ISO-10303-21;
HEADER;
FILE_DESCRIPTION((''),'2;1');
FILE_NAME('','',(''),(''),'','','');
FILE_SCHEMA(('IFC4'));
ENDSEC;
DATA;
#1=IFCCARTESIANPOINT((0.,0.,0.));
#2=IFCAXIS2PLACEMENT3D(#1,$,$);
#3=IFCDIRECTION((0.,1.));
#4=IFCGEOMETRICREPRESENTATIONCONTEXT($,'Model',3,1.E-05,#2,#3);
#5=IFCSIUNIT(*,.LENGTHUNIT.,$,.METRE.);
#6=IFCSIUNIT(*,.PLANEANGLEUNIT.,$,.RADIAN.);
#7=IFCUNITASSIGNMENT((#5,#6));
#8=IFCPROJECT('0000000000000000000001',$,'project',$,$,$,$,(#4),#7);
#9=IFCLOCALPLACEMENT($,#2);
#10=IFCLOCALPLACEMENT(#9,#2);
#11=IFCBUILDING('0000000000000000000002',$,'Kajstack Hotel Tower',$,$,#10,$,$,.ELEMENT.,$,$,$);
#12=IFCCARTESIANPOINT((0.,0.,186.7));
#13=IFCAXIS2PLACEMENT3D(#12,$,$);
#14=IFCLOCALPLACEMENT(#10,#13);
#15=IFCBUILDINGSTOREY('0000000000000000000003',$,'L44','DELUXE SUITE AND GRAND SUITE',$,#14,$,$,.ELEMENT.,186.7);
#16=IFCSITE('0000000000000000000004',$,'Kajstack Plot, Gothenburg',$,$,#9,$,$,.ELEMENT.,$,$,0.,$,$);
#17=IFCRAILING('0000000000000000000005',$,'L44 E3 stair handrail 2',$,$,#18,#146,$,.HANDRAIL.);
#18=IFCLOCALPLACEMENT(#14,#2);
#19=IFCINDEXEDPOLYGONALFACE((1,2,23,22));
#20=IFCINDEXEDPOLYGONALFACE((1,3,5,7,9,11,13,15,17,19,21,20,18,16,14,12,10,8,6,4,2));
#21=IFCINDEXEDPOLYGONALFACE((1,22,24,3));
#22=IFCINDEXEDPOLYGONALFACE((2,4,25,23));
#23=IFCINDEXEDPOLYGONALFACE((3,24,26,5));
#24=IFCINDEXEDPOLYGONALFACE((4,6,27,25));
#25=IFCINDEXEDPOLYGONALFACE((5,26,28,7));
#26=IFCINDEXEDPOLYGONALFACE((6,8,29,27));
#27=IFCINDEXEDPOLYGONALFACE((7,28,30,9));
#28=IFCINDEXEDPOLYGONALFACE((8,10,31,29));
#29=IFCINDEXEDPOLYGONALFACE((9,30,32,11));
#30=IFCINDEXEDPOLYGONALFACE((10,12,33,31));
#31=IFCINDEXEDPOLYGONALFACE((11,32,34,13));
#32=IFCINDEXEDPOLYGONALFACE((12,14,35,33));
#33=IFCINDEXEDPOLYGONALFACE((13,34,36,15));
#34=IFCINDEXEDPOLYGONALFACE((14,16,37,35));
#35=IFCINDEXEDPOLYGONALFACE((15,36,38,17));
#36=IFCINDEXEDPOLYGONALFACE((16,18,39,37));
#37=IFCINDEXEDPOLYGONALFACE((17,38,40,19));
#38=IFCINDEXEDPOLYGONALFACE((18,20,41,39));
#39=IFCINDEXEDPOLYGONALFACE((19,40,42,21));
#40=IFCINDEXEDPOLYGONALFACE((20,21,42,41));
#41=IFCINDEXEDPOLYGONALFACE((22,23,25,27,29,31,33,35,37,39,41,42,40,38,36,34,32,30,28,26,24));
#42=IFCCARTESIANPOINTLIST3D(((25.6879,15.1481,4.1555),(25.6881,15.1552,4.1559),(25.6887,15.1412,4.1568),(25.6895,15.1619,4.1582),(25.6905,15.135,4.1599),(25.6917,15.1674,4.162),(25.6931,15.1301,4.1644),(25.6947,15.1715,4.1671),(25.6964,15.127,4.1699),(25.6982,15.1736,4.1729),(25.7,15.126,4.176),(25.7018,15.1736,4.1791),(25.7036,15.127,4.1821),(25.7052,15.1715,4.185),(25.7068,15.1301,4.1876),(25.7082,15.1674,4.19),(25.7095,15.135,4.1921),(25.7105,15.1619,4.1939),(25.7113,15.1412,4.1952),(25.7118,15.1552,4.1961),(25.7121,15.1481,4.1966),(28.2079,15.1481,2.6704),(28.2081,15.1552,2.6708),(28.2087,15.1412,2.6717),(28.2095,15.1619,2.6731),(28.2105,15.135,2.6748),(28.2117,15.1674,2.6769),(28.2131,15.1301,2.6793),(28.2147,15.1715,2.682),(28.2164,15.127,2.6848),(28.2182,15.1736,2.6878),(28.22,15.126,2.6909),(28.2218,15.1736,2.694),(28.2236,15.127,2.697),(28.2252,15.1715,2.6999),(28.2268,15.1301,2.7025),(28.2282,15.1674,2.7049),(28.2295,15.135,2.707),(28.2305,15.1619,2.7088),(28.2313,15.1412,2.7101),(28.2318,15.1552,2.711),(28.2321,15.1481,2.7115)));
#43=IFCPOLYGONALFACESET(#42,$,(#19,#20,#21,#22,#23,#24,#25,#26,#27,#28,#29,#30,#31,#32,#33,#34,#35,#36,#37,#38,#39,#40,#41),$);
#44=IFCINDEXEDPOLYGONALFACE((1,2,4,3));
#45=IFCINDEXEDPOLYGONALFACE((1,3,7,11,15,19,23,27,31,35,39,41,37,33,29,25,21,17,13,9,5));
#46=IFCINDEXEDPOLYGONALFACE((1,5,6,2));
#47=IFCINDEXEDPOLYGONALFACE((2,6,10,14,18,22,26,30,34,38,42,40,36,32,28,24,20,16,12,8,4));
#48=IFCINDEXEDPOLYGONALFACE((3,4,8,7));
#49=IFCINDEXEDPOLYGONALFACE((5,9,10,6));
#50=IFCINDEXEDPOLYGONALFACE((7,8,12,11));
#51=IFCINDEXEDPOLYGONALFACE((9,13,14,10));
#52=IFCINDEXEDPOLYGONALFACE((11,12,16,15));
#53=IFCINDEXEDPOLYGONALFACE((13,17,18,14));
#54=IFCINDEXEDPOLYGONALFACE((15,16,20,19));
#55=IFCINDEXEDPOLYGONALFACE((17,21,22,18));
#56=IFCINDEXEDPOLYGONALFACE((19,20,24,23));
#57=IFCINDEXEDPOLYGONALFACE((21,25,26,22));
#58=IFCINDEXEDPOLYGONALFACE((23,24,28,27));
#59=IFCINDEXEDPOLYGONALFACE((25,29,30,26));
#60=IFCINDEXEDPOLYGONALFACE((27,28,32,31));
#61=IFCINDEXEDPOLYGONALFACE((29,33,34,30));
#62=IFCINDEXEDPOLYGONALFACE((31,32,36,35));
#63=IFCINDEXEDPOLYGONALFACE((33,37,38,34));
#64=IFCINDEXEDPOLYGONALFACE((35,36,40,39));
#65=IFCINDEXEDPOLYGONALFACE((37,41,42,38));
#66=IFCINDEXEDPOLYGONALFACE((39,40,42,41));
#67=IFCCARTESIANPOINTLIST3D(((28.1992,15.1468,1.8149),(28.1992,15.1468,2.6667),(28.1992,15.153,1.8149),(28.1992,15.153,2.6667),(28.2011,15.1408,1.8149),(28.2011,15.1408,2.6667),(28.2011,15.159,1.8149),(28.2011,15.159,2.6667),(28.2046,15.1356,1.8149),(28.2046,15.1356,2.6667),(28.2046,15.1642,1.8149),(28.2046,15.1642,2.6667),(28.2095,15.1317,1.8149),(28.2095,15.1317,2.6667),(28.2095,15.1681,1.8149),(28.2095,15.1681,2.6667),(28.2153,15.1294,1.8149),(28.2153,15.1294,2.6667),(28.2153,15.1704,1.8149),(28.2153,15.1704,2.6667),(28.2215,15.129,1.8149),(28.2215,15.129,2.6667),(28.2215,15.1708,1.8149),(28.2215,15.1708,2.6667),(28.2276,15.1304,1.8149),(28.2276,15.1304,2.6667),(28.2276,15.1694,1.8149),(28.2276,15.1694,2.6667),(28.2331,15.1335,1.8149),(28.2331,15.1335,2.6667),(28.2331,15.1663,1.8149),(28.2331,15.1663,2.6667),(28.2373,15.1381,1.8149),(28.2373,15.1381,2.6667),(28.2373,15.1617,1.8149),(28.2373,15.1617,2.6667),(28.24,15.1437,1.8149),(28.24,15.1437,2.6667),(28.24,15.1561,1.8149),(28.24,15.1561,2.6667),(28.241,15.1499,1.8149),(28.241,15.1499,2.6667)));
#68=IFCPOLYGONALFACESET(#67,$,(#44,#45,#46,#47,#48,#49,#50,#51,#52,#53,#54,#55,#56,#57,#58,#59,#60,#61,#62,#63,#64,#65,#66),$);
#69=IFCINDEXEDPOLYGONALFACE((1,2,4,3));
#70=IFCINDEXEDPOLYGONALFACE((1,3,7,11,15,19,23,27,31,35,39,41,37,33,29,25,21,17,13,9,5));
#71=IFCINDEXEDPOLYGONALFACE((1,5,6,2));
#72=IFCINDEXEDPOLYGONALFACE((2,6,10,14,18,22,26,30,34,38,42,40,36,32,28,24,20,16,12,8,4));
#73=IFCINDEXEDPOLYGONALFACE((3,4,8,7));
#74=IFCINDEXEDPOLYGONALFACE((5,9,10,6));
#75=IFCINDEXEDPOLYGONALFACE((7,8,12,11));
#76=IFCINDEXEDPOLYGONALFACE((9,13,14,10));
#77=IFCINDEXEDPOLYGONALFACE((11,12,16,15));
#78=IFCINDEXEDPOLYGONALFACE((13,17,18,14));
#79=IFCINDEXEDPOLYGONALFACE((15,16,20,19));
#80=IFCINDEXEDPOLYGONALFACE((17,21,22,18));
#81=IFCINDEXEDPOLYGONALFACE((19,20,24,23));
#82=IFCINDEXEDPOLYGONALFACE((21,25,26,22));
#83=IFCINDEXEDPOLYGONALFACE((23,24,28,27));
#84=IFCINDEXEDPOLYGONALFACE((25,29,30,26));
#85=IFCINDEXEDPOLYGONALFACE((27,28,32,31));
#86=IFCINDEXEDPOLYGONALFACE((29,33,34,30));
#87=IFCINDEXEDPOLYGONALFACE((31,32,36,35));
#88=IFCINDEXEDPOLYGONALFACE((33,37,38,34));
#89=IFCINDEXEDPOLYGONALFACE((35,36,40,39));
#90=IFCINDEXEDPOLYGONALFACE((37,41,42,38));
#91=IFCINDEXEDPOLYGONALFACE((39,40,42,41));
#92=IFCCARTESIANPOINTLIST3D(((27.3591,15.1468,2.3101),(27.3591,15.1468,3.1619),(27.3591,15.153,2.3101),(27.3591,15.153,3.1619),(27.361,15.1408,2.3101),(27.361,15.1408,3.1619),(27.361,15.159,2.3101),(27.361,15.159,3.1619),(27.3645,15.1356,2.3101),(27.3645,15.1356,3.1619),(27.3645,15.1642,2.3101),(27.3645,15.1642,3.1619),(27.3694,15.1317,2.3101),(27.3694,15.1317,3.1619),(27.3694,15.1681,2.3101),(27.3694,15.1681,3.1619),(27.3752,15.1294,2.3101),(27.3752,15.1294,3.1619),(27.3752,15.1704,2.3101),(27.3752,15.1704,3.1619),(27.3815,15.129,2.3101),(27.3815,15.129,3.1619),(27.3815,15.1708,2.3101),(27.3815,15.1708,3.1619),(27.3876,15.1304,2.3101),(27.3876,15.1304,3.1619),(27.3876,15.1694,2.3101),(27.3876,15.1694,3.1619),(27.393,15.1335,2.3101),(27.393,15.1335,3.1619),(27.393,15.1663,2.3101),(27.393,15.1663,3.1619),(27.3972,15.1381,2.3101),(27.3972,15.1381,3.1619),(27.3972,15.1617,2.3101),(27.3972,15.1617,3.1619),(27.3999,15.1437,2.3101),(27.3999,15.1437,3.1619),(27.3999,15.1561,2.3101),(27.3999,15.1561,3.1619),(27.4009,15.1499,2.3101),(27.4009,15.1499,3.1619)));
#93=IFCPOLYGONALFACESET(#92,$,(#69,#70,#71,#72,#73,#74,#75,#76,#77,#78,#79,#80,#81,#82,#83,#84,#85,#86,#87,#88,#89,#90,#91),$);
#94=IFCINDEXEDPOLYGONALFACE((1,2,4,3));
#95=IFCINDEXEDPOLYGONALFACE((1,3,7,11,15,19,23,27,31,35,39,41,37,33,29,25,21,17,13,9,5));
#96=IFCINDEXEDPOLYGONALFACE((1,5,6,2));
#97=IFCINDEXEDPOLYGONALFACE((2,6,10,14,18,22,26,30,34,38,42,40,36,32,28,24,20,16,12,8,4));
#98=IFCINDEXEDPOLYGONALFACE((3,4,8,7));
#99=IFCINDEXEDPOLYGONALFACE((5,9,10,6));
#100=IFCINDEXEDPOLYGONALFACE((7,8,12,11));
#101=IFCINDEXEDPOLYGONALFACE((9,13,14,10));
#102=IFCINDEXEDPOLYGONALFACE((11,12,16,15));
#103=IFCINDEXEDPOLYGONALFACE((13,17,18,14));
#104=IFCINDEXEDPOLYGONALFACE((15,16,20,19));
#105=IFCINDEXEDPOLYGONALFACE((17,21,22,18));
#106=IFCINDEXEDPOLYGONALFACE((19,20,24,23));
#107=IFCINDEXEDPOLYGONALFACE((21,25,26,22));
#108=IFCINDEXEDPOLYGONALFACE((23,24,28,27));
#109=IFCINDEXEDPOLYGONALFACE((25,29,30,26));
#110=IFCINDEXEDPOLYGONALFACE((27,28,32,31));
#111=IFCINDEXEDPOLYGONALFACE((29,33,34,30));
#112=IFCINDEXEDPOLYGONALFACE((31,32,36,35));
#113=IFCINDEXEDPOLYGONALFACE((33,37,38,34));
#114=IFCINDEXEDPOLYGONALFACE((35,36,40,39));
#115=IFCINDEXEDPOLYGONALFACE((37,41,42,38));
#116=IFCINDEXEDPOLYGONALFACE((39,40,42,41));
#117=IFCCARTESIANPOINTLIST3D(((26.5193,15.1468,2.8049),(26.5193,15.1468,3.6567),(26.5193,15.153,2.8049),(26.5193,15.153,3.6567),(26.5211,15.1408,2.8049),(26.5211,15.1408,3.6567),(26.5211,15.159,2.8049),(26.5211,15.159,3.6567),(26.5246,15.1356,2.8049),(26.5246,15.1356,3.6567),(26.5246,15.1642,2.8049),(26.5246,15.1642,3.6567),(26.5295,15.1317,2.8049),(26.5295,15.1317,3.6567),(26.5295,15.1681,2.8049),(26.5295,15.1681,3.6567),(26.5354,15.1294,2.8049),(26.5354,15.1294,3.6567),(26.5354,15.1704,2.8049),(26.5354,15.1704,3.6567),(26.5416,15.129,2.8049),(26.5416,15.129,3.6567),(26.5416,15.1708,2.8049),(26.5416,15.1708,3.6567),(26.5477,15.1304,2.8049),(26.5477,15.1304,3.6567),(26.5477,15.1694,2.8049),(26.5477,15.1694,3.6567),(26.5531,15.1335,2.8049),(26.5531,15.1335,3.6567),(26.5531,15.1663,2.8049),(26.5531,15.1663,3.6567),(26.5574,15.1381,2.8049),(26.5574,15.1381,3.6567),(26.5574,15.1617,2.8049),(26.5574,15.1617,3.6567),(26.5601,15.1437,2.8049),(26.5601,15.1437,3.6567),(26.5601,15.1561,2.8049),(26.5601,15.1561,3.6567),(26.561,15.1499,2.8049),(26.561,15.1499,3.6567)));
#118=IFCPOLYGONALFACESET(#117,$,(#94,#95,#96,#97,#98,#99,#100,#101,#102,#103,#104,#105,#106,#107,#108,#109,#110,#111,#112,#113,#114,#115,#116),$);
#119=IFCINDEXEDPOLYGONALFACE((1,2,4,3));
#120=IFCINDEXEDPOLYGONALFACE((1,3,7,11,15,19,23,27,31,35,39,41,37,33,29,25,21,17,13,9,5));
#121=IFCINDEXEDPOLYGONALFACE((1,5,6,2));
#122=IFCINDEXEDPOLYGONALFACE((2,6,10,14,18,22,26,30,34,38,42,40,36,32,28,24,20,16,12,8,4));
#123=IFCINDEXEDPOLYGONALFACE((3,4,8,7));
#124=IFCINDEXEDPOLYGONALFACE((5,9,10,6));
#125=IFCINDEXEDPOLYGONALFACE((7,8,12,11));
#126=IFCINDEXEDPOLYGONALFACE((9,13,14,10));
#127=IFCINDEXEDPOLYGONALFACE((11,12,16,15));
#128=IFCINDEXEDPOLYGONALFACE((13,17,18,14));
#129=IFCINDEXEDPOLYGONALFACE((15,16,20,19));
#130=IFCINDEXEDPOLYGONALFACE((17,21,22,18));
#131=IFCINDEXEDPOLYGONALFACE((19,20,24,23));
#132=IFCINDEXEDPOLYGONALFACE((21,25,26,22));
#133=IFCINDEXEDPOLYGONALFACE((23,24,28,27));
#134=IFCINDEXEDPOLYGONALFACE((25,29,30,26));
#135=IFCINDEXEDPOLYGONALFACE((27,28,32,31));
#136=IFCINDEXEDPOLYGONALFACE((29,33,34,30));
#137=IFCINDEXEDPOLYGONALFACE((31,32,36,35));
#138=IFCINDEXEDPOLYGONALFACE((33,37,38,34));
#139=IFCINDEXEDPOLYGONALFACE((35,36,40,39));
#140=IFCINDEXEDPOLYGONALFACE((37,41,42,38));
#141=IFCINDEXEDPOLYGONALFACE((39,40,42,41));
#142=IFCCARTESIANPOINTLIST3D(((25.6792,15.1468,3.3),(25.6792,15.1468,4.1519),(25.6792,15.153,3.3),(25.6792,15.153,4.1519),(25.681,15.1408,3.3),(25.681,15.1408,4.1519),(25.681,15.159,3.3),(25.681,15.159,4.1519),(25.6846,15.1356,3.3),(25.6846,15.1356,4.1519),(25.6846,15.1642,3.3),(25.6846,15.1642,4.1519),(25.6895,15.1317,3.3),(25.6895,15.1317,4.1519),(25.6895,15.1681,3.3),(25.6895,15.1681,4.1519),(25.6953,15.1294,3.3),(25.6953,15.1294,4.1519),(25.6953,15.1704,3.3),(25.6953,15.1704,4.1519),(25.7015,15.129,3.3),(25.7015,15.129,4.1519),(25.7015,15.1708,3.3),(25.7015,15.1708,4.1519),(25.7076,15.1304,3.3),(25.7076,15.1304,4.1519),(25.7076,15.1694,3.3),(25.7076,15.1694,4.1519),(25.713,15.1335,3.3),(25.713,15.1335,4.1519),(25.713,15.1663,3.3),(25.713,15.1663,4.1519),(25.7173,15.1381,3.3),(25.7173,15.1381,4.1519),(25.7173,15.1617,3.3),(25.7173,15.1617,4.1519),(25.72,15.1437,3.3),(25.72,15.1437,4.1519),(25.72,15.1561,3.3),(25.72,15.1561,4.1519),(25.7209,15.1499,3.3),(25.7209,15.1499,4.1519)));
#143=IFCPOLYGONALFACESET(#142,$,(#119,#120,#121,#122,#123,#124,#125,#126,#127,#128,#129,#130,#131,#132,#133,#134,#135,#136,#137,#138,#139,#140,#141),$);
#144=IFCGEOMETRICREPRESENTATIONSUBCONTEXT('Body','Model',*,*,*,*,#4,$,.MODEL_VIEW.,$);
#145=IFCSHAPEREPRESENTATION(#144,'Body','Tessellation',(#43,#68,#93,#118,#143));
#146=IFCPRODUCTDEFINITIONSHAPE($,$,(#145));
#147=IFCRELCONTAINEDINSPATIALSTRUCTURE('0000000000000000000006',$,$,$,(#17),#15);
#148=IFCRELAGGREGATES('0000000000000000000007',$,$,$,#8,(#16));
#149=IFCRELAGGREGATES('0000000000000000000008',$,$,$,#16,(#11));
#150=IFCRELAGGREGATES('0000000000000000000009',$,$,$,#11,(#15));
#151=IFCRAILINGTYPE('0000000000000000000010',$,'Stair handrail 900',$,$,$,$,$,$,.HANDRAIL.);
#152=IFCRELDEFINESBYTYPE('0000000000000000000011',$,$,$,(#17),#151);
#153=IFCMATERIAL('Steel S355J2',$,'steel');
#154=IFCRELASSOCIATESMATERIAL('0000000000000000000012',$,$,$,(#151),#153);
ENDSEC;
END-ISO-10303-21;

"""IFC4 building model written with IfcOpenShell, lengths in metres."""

from ifc_helpers import new_model, si_unit, direction, frame, origin, origin_2d, place, context, subcontext, project, spatial, circle, extrude, material, type_object, element, save


model = new_model("IFC4")

# Units and contexts
model_context = context("Model", 3, precision=1e-05, world=origin(), true_north=direction((0.0, 1.0)))
body_context = subcontext(model_context, "Body", "Model", "MODEL_VIEW")
ifc_project = project(units=[si_unit("LENGTHUNIT", "METRE"), si_unit("PLANEANGLEUNIT", "RADIAN")], contexts=[model_context])

# Site, building, storey
site_placement = place(None, origin())
site = spatial("IfcSite", under=ifc_project, at=site_placement, Name="Kajstack Plot, Gothenburg", CompositionType="ELEMENT", RefElevation=0.0)
building_placement = place(site_placement, origin())
building = spatial("IfcBuilding", under=site, at=building_placement, Name="Kajstack Hotel Tower", CompositionType="ELEMENT")
storey_placement = place(building_placement, frame((0.0, 0.0, 186.7)))
storey = spatial("IfcBuildingStorey", under=building, at=storey_placement, Name="L44", Description="DELUXE SUITE AND GRAND SUITE", CompositionType="ELEMENT", Elevation=186.7)

# Railing
ifc_material_1 = material(Name="Steel S355J2", Category="steel")
railing_type_1 = type_object("IfcRailingType", Name="Stair handrail 900", PredefinedType="HANDRAIL", material=ifc_material_1)
railing_1_placement = place(storey_placement, frame((28.22, 15.1499, 1.8149)))
element("IfcRailing", 1, at=railing_1_placement, inside=storey, type_object=railing_type_1, Name="L44 E3 stair handrail 2", PredefinedType="HANDRAIL", context=body_context, shape_type="SweptSolid", body=[
    extrude(circle(Radius=0.0239, at=origin_2d()), frame((0.0, 0.0, 0.876), z_axis=(-0.861524, 0.0, 0.507717), x_axis=(0.0, -1.0, 0.0)), (0.0, 0.0, 1.0), 2.925),
    extrude(circle(Radius=0.021, at=origin_2d()), origin(), (0.0, 0.0, 1.0), 0.8518),
    extrude(circle(Radius=0.021, at=origin_2d()), frame((-0.8401, 0.0, 0.4951)), (0.0, 0.0, 1.0), 0.8518),
    extrude(circle(Radius=0.021, at=origin_2d()), frame((-1.6799, 0.0, 0.99)), (0.0, 0.0, 1.0), 0.8518),
    extrude(circle(Radius=0.021, at=origin_2d()), frame((-2.52, 0.0, 1.4851)), (0.0, 0.0, 1.0), 0.8518),
])

save(model, "model.ifc")
